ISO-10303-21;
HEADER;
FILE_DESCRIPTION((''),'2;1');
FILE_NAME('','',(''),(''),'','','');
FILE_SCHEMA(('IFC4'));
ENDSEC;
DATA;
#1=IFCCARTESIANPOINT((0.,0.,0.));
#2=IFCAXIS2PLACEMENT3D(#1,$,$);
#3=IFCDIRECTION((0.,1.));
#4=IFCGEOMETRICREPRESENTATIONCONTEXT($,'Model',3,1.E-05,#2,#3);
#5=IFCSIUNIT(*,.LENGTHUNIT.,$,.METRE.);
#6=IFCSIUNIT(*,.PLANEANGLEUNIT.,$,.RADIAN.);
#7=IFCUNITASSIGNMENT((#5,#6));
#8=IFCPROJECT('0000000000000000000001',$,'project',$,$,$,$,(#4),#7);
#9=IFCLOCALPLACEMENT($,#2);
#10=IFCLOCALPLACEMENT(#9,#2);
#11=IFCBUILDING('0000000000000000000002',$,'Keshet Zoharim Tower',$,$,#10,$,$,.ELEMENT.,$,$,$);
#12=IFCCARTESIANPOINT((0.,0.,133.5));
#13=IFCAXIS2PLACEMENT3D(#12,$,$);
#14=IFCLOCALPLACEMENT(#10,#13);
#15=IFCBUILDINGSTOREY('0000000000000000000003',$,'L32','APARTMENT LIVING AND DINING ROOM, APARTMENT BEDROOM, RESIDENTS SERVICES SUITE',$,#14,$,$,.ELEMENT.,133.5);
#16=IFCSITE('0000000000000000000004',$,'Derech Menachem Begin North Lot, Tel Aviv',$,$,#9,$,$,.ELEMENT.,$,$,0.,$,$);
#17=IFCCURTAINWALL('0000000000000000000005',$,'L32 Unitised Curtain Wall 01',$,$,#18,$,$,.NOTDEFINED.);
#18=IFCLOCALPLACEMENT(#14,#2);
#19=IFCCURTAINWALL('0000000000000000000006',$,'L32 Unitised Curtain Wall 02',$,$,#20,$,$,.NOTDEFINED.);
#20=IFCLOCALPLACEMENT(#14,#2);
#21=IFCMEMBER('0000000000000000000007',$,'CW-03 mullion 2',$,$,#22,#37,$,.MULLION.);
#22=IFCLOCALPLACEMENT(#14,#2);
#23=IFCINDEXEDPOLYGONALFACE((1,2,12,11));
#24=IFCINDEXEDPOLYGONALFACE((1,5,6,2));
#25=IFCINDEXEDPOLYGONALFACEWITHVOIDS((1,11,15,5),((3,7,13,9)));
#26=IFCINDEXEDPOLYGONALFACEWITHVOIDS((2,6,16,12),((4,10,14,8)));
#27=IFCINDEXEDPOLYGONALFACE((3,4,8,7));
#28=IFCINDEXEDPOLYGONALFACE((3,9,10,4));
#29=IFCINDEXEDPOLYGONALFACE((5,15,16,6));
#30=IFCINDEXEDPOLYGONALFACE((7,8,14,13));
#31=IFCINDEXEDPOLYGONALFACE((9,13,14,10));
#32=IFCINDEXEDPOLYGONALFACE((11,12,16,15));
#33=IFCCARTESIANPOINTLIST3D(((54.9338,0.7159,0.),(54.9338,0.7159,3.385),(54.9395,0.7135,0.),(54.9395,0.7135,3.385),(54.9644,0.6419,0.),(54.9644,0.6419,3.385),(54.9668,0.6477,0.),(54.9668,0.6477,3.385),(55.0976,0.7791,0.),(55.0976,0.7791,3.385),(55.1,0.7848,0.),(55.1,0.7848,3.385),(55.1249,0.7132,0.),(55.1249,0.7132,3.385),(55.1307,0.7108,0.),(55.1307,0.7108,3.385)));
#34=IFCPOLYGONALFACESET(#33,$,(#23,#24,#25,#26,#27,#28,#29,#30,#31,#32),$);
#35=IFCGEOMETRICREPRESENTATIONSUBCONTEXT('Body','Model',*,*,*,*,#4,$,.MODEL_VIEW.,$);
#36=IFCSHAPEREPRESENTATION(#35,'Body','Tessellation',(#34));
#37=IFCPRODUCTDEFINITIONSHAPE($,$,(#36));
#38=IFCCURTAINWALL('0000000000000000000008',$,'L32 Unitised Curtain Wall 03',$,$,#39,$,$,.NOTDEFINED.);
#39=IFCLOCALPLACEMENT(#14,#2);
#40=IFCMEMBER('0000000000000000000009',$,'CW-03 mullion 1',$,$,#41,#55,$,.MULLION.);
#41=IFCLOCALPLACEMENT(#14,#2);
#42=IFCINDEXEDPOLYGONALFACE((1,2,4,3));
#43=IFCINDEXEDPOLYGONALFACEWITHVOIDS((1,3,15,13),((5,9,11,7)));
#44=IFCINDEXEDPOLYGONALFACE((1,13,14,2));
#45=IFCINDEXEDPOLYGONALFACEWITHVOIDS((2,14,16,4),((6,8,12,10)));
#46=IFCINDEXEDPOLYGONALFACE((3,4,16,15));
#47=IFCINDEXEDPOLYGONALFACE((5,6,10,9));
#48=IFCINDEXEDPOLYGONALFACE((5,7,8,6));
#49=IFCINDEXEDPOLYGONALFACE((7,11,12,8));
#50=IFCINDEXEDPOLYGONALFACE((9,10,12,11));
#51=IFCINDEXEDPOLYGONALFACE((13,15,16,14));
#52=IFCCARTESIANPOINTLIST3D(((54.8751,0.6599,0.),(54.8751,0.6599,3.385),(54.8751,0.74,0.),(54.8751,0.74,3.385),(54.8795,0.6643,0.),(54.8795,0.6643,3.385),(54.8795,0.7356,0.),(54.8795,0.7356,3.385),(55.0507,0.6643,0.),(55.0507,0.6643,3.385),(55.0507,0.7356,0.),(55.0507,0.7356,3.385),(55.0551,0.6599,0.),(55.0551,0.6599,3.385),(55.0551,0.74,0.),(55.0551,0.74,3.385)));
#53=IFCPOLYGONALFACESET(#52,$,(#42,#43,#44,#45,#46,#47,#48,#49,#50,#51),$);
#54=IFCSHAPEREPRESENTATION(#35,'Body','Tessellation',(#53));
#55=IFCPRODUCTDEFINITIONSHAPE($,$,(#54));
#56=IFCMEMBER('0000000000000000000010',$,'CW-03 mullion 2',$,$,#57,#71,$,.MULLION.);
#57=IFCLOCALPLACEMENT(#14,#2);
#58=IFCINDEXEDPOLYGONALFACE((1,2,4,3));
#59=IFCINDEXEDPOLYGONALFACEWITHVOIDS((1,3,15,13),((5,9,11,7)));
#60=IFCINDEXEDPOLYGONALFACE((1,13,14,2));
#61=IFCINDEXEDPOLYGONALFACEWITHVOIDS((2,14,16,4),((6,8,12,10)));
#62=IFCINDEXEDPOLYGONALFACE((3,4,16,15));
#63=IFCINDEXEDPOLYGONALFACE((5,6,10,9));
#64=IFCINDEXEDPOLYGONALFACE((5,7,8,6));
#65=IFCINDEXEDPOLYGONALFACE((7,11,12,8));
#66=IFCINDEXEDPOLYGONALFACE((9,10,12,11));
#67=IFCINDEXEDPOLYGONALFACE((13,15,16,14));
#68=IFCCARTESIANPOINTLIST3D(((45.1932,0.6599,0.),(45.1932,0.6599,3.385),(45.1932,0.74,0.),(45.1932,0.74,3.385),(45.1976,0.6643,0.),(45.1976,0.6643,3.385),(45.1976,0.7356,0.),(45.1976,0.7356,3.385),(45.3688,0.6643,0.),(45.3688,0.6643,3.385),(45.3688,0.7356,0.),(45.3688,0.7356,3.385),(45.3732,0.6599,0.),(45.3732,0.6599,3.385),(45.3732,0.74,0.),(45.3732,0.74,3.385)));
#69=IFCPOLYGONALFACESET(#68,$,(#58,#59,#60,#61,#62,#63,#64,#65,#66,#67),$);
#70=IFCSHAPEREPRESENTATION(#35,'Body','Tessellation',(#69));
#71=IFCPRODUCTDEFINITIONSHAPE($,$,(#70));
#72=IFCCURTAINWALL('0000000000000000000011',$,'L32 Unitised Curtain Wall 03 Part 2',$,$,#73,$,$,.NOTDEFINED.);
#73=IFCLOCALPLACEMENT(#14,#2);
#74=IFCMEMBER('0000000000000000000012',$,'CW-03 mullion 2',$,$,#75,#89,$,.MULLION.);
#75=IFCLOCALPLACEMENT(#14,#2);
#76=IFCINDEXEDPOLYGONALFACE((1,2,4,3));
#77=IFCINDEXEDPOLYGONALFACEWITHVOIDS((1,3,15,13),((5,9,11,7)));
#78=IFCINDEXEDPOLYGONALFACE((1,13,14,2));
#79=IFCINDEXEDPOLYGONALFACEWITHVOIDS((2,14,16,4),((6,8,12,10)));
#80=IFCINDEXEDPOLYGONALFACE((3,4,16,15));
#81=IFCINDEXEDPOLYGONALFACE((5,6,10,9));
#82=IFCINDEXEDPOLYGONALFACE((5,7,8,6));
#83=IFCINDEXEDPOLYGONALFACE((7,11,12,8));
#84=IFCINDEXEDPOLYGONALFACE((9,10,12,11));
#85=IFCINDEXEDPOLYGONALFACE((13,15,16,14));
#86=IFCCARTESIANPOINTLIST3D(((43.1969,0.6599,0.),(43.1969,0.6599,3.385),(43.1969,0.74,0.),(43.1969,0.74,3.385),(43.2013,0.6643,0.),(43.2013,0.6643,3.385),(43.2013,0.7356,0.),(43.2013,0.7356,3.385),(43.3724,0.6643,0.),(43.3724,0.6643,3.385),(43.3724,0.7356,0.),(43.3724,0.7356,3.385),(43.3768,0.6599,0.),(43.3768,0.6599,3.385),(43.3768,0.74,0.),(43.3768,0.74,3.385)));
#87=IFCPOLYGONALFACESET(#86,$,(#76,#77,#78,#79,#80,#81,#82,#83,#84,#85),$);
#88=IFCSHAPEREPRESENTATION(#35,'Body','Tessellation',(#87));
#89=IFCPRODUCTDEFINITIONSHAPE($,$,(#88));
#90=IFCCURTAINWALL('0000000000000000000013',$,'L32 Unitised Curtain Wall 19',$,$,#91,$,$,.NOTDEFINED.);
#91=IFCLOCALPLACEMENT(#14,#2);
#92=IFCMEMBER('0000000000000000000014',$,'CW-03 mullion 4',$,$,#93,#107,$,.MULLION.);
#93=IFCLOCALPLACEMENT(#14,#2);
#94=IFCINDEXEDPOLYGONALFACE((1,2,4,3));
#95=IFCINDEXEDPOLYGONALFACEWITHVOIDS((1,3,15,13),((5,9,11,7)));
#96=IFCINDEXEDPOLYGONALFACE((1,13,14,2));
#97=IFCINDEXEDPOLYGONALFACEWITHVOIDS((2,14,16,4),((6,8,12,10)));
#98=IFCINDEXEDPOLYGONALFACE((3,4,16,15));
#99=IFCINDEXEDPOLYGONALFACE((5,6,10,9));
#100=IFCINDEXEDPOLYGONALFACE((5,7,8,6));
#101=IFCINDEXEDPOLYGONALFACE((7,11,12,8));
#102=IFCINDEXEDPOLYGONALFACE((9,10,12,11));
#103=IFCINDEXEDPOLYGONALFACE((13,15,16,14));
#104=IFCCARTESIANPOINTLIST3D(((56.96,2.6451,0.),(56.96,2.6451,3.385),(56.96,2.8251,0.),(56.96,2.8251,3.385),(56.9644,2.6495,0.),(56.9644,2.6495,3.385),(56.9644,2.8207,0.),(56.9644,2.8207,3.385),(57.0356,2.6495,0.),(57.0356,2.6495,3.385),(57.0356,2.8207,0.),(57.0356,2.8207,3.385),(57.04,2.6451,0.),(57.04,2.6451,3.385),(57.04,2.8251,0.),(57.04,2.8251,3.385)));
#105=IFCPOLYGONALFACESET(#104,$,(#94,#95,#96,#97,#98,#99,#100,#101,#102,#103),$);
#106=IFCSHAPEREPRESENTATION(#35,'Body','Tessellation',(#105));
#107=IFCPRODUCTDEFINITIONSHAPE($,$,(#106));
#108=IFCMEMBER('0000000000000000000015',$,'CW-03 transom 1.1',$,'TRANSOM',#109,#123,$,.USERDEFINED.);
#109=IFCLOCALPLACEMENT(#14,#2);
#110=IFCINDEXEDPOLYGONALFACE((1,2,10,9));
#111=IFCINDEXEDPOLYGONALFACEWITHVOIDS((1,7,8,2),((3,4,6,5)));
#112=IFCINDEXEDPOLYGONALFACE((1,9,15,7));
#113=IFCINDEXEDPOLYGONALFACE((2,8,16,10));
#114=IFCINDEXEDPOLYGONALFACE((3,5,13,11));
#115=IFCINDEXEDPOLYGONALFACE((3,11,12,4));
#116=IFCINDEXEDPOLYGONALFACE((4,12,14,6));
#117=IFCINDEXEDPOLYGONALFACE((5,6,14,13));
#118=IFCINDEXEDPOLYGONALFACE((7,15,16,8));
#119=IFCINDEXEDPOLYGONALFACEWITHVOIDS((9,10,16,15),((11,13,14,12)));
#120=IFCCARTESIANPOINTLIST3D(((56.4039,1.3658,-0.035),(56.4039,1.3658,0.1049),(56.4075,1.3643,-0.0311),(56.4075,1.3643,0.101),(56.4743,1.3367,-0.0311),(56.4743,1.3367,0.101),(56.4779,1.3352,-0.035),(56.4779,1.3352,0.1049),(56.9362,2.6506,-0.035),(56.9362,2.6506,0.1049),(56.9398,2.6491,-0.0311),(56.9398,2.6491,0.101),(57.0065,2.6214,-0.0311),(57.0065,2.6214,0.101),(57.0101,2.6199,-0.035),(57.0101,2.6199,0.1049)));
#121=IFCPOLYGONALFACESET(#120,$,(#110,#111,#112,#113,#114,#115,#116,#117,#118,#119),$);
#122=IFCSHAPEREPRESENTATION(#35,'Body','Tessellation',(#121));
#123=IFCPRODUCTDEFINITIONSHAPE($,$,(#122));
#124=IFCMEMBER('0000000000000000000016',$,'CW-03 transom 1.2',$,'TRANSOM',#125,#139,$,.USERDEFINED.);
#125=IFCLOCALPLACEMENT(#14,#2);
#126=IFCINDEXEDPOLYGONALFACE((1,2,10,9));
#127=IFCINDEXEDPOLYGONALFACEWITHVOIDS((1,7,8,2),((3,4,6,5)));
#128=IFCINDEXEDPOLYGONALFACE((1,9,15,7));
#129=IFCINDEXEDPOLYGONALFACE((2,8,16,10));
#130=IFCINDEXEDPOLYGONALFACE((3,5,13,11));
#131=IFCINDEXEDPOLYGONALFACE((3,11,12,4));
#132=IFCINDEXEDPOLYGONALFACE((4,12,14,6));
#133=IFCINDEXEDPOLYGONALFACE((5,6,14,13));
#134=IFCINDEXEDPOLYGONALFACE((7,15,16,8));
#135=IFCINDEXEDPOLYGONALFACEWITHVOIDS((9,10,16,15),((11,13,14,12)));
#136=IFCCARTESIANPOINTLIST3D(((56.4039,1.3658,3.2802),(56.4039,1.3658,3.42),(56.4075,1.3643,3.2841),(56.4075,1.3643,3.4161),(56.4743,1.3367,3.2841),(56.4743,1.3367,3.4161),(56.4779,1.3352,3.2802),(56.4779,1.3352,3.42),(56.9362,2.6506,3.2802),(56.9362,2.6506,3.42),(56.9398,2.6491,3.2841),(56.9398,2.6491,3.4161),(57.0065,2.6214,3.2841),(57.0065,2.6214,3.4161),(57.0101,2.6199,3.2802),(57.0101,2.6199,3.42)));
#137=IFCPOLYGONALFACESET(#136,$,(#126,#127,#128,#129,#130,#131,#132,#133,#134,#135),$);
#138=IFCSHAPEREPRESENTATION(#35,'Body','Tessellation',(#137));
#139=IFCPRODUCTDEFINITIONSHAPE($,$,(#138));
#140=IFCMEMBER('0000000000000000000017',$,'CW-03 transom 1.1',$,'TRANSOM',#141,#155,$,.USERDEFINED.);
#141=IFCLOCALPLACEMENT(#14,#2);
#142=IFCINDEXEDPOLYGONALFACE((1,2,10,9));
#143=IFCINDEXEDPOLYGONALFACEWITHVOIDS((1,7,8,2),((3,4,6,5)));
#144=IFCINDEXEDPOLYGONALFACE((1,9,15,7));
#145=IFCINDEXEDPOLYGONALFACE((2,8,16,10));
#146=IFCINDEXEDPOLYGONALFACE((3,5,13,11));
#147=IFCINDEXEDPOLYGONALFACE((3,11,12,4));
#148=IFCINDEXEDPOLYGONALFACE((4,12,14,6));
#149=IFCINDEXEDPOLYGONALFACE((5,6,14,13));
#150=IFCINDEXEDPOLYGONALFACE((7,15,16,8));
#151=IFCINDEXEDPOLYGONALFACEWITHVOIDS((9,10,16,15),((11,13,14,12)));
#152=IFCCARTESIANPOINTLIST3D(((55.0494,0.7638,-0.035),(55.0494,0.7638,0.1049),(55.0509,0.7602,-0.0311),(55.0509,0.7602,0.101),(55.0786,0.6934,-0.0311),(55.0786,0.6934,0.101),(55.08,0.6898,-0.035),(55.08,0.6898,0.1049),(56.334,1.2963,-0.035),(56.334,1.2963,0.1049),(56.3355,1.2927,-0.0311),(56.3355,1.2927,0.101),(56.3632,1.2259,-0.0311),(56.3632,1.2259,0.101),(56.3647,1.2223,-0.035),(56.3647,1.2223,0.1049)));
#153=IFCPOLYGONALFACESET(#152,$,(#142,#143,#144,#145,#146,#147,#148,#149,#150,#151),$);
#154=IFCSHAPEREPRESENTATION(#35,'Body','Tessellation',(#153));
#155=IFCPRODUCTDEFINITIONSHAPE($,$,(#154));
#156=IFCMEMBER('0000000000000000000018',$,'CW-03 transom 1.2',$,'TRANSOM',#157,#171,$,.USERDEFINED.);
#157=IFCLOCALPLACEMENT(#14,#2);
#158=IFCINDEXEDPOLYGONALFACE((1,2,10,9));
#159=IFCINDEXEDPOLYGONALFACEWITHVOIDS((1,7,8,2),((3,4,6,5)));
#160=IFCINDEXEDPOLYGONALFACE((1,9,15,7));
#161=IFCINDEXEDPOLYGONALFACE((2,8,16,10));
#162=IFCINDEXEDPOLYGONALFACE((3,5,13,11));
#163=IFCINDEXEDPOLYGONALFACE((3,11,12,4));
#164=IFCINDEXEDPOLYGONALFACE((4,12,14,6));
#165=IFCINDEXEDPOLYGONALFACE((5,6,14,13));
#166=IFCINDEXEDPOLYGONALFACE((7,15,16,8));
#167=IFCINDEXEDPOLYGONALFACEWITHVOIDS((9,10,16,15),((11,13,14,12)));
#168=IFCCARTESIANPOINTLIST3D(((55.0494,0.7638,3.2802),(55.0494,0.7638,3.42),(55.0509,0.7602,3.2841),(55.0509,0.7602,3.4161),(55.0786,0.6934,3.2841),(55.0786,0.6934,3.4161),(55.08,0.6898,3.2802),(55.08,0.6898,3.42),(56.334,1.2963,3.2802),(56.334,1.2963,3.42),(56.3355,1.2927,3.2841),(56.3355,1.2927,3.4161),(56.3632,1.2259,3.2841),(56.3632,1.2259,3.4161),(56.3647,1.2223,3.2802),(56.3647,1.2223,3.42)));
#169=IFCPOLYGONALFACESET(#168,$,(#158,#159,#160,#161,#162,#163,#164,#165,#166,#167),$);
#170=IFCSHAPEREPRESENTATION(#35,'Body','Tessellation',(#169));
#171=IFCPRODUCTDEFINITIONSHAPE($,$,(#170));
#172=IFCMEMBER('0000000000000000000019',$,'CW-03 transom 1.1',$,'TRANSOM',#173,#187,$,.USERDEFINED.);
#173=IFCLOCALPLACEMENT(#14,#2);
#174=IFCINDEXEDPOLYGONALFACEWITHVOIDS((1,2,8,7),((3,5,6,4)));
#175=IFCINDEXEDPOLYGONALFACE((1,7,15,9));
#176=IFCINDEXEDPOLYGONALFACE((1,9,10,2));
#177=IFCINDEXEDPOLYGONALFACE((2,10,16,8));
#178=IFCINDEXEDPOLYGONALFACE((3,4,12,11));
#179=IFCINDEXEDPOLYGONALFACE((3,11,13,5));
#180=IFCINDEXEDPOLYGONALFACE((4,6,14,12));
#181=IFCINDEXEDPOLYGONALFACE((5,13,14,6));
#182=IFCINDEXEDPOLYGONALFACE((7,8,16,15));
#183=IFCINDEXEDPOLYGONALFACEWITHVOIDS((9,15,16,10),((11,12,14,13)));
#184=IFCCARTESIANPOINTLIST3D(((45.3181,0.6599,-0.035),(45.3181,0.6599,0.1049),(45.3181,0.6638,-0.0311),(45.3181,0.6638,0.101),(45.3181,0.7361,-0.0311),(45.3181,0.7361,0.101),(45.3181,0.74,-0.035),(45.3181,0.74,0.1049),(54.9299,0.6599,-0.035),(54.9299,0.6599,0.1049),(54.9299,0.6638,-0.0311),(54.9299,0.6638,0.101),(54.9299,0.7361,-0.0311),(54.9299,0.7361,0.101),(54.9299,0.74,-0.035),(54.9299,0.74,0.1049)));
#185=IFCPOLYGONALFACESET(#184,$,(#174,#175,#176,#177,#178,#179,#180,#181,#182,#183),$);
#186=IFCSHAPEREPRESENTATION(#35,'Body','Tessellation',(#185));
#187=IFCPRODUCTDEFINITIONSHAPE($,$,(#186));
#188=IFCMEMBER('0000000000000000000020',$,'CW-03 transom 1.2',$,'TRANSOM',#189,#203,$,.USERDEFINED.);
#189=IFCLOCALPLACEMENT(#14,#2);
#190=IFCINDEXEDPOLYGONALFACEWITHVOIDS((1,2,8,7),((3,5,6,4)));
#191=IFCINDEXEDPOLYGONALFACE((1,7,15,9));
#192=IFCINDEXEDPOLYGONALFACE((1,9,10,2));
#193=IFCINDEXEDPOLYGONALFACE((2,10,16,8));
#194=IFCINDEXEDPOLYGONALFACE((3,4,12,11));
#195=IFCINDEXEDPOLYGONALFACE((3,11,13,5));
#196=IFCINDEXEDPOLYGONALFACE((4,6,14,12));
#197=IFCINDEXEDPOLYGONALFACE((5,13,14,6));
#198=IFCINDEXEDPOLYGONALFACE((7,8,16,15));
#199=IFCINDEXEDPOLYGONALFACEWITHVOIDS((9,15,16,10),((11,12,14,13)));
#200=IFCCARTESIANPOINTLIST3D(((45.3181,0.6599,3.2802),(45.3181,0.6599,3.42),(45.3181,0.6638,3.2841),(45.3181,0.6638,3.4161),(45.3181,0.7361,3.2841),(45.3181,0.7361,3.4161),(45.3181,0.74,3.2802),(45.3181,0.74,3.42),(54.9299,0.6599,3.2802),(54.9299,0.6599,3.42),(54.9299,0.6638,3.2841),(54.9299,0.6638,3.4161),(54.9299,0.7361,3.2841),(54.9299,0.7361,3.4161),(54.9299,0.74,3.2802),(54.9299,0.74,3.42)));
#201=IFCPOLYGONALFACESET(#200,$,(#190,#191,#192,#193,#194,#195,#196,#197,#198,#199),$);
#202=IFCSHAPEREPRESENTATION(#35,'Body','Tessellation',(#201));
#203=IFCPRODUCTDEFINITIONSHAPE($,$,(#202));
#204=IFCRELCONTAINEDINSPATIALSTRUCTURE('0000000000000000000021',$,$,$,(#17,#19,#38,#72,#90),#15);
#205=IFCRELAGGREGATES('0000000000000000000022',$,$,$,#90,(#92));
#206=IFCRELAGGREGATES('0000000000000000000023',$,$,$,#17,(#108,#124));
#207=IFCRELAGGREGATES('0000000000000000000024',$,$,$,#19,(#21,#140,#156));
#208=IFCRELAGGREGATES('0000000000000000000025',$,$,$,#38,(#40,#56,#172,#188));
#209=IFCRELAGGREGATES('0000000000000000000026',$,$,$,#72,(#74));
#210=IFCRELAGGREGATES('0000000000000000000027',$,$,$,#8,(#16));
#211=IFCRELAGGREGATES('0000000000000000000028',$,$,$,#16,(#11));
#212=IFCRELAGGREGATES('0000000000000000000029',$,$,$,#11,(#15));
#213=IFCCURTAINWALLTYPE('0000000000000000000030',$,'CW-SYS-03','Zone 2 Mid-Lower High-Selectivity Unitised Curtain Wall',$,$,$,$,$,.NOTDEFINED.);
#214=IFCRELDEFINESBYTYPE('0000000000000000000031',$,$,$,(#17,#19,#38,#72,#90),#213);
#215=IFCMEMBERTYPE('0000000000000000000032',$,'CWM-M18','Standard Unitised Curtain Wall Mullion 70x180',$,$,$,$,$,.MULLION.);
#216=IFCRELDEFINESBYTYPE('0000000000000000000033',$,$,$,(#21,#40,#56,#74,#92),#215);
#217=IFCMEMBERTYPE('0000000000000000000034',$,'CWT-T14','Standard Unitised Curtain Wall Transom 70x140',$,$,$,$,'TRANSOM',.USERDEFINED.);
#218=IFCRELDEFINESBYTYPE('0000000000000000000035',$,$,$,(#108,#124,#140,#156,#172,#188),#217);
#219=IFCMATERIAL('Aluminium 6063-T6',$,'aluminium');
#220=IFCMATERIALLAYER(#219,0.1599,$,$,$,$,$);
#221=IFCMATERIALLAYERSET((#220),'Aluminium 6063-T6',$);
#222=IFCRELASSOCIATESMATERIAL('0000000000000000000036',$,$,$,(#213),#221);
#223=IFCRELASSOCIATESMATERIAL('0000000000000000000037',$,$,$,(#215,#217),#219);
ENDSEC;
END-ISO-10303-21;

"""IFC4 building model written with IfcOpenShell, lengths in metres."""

from ifc_helpers import new_model, si_unit, direction, frame, origin, origin_2d, place, context, subcontext, project, spatial, hollow_rectangle, extrude, material, layer, layer_set, material_profile, profile_set, type_object, element, aggregate, save


model = new_model("IFC4")

# Units and contexts
model_context = context("Model", 3, precision=1e-05, world=origin(), true_north=direction((0.0, 1.0)))
body_context = subcontext(model_context, "Body", "Model", "MODEL_VIEW")
ifc_project = project(units=[si_unit("LENGTHUNIT", "METRE"), si_unit("PLANEANGLEUNIT", "RADIAN")], contexts=[model_context])

# Site, building, storey
site_placement = place(None, origin())
site = spatial("IfcSite", under=ifc_project, at=site_placement, Name="Derech Menachem Begin North Lot, Tel Aviv", CompositionType="ELEMENT", RefElevation=0.0)
building_placement = place(site_placement, origin())
building = spatial("IfcBuilding", under=site, at=building_placement, Name="Keshet Zoharim Tower", CompositionType="ELEMENT")
storey_placement = place(building_placement, frame((0.0, 0.0, 133.5)))
storey = spatial("IfcBuildingStorey", under=building, at=storey_placement, Name="L32", Description="APARTMENT LIVING AND DINING ROOM, APARTMENT BEDROOM, RESIDENTS SERVICES SUITE", CompositionType="ELEMENT", Elevation=133.5)

# Curtain walls, members
ifc_material_1 = material(Name="Aluminium 6063-T6", Category="aluminium")
ifc_layer_1 = layer(ifc_material_1, 0.1599)
ifc_layer_set_1 = layer_set([ifc_layer_1], Name="Aluminium 6063-T6")
curtain_wall_type = type_object("IfcCurtainWallType", Name="CW-SYS-03", Description="Zone 2 Mid-Lower High-Selectivity Unitised Curtain Wall", PredefinedType="NOTDEFINED", material=ifc_layer_set_1)
curtain_wall_1_placement = place(storey_placement, origin())
curtain_wall_1 = element("IfcCurtainWall", 1, at=curtain_wall_1_placement, inside=storey, type_object=curtain_wall_type, Name="L32 Unitised Curtain Wall 01", PredefinedType="NOTDEFINED")
ifc_material_profile_1 = material_profile(ifc_material_1, hollow_rectangle(XDim=0.0801, YDim=0.1799, WallThickness=0.0044, at=origin_2d()), Name="MUL-80x180")
ifc_profile_set_1 = profile_set([ifc_material_profile_1], Name="Aluminium 6063-T6")
member_type_1 = type_object("IfcMemberType", Name="CWM-M18", Description="Standard Unitised Curtain Wall Mullion 70x180", PredefinedType="MULLION", material=ifc_profile_set_1)
curtain_wall_2_placement = place(storey_placement, origin())
curtain_wall_2 = element("IfcCurtainWall", 2, at=curtain_wall_2_placement, inside=storey, type_object=curtain_wall_type, Name="L32 Unitised Curtain Wall 02", PredefinedType="NOTDEFINED")
member_1_placement = place(storey_placement, frame((55.0322, 0.7134, 0.0), z_axis=(0.0, 0.0, 1.0), x_axis=(0.382852, -0.92381, 0.0)))
member_1 = element("IfcMember", 3, at=member_1_placement, type_object=member_type_1, Name="CW-03 mullion 2", PredefinedType="MULLION", context=body_context, shape_type="SweptSolid", body=[
    extrude(hollow_rectangle(XDim=0.0801, YDim=0.1799, WallThickness=0.0044, at=origin_2d()), origin(), (0.0, 0.0, 1.0), 3.385),
])
curtain_wall_3_placement = place(storey_placement, origin())
curtain_wall_3 = element("IfcCurtainWall", 4, at=curtain_wall_3_placement, inside=storey, type_object=curtain_wall_type, Name="L32 Unitised Curtain Wall 03", PredefinedType="NOTDEFINED")
member_2_placement = place(storey_placement, frame((54.9651, 0.7, 0.0), z_axis=(0.0, 0.0, 1.0), x_axis=(0.0, -1.0, 0.0)))
member_2 = element("IfcMember", 5, at=member_2_placement, type_object=member_type_1, Name="CW-03 mullion 1", PredefinedType="MULLION", context=body_context, shape_type="SweptSolid", body=[
    extrude(hollow_rectangle(XDim=0.0801, YDim=0.1799, WallThickness=0.0044, at=origin_2d()), origin(), (0.0, 0.0, 1.0), 3.385),
])
member_3_placement = place(storey_placement, frame((45.2832, 0.7, 0.0), z_axis=(0.0, 0.0, 1.0), x_axis=(0.0, -1.0, 0.0)))
member_3 = element("IfcMember", 6, at=member_3_placement, type_object=member_type_1, Name="CW-03 mullion 2", PredefinedType="MULLION", context=body_context, shape_type="SweptSolid", body=[
    extrude(hollow_rectangle(XDim=0.0801, YDim=0.1799, WallThickness=0.0044, at=origin_2d()), origin(), (0.0, 0.0, 1.0), 3.385),
])

# Curtain walls, members
curtain_wall_4_placement = place(storey_placement, origin())
curtain_wall_4 = element("IfcCurtainWall", 7, at=curtain_wall_4_placement, inside=storey, type_object=curtain_wall_type, Name="L32 Unitised Curtain Wall 03 Part 2", PredefinedType="NOTDEFINED")
member_4_placement = place(storey_placement, frame((43.2869, 0.7, 0.0), z_axis=(0.0, 0.0, 1.0), x_axis=(0.0, -1.0, 0.0)))
member_4 = element("IfcMember", 8, at=member_4_placement, type_object=member_type_1, Name="CW-03 mullion 2", PredefinedType="MULLION", context=body_context, shape_type="SweptSolid", body=[
    extrude(hollow_rectangle(XDim=0.0801, YDim=0.1799, WallThickness=0.0044, at=origin_2d()), origin(), (0.0, 0.0, 1.0), 3.385),
])
curtain_wall_5_placement = place(storey_placement, origin())
curtain_wall_5 = element("IfcCurtainWall", 9, at=curtain_wall_5_placement, inside=storey, type_object=curtain_wall_type, Name="L32 Unitised Curtain Wall 19", PredefinedType="NOTDEFINED")
member_5_placement = place(storey_placement, frame((57.0, 2.7351, 0.0), z_axis=(0.0, 0.0, 1.0), x_axis=(1.0, 0.0, 0.0)))
member_5 = element("IfcMember", 10, at=member_5_placement, type_object=member_type_1, Name="CW-03 mullion 4", PredefinedType="MULLION", context=body_context, shape_type="SweptSolid", body=[
    extrude(hollow_rectangle(XDim=0.0801, YDim=0.1799, WallThickness=0.0044, at=origin_2d()), origin(), (0.0, 0.0, 1.0), 3.385),
])
aggregate(curtain_wall_5, [member_5])

# Members
ifc_material_profile_2 = material_profile(ifc_material_1, hollow_rectangle(XDim=0.0801, YDim=0.1399, WallThickness=0.0039, at=origin_2d()), Name="TRN-80x140")
ifc_profile_set_2 = profile_set([ifc_material_profile_2], Name="Aluminium 6063-T6")
member_type_2 = type_object("IfcMemberType", Name="CWT-T14", Description="Standard Unitised Curtain Wall Transom 70x140", ElementType="TRANSOM", PredefinedType="USERDEFINED", material=ifc_profile_set_2)
member_6_placement = place(storey_placement, frame((56.9731, 2.6353, 0.0349), z_axis=(-0.382745, -0.923854, 0.0), x_axis=(0.923854, -0.382745, 0.0)))
member_6 = element("IfcMember", 11, at=member_6_placement, type_object=member_type_2, Name="CW-03 transom 1.1", ObjectType="TRANSOM", PredefinedType="USERDEFINED", context=body_context, shape_type="SweptSolid", body=[
    extrude(hollow_rectangle(XDim=0.0801, YDim=0.1399, WallThickness=0.0039, at=origin_2d()), origin(), (0.0, 0.0, 1.0), 1.3906),
])
member_7_placement = place(storey_placement, frame((56.9731, 2.6353, 3.3501), z_axis=(-0.382745, -0.923854, 0.0), x_axis=(0.923854, -0.382745, 0.0)))
member_7 = element("IfcMember", 12, at=member_7_placement, type_object=member_type_2, Name="CW-03 transom 1.2", ObjectType="TRANSOM", PredefinedType="USERDEFINED", context=body_context, shape_type="SweptSolid", body=[
    extrude(hollow_rectangle(XDim=0.0801, YDim=0.1399, WallThickness=0.0039, at=origin_2d()), origin(), (0.0, 0.0, 1.0), 1.3906),
])
member_8_placement = place(storey_placement, frame((56.3494, 1.2593, 0.0349), z_axis=(-0.923792, -0.382894, 0.0), x_axis=(0.382894, -0.923792, 0.0)))
member_8 = element("IfcMember", 13, at=member_8_placement, type_object=member_type_2, Name="CW-03 transom 1.1", ObjectType="TRANSOM", PredefinedType="USERDEFINED", context=body_context, shape_type="SweptSolid", body=[
    extrude(hollow_rectangle(XDim=0.0801, YDim=0.1399, WallThickness=0.0039, at=origin_2d()), origin(), (0.0, 0.0, 1.0), 1.3906),
])
member_9_placement = place(storey_placement, frame((56.3494, 1.2593, 3.3501), z_axis=(-0.923792, -0.382894, 0.0), x_axis=(0.382894, -0.923792, 0.0)))
member_9 = element("IfcMember", 14, at=member_9_placement, type_object=member_type_2, Name="CW-03 transom 1.2", ObjectType="TRANSOM", PredefinedType="USERDEFINED", context=body_context, shape_type="SweptSolid", body=[
    extrude(hollow_rectangle(XDim=0.0801, YDim=0.1399, WallThickness=0.0039, at=origin_2d()), origin(), (0.0, 0.0, 1.0), 1.3906),
])
member_10_placement = place(storey_placement, frame((54.9299, 0.7, 0.0349), z_axis=(-1.0, 0.0, 0.0), x_axis=(0.0, -1.0, 0.0)))
member_10 = element("IfcMember", 15, at=member_10_placement, type_object=member_type_2, Name="CW-03 transom 1.1", ObjectType="TRANSOM", PredefinedType="USERDEFINED", context=body_context, shape_type="SweptSolid", body=[
    extrude(hollow_rectangle(XDim=0.0801, YDim=0.1399, WallThickness=0.0039, at=origin_2d()), origin(), (0.0, 0.0, 1.0), 9.6118),
])
member_11_placement = place(storey_placement, frame((54.9299, 0.7, 3.3501), z_axis=(-1.0, 0.0, 0.0), x_axis=(0.0, -1.0, 0.0)))
member_11 = element("IfcMember", 16, at=member_11_placement, type_object=member_type_2, Name="CW-03 transom 1.2", ObjectType="TRANSOM", PredefinedType="USERDEFINED", context=body_context, shape_type="SweptSolid", body=[
    extrude(hollow_rectangle(XDim=0.0801, YDim=0.1399, WallThickness=0.0039, at=origin_2d()), origin(), (0.0, 0.0, 1.0), 9.6118),
])

aggregate(curtain_wall_1, [member_6, member_7])
aggregate(curtain_wall_2, [member_1, member_8, member_9])
aggregate(curtain_wall_3, [member_2, member_3, member_10, member_11])
aggregate(curtain_wall_4, [member_4])

save(model, "model.ifc")
